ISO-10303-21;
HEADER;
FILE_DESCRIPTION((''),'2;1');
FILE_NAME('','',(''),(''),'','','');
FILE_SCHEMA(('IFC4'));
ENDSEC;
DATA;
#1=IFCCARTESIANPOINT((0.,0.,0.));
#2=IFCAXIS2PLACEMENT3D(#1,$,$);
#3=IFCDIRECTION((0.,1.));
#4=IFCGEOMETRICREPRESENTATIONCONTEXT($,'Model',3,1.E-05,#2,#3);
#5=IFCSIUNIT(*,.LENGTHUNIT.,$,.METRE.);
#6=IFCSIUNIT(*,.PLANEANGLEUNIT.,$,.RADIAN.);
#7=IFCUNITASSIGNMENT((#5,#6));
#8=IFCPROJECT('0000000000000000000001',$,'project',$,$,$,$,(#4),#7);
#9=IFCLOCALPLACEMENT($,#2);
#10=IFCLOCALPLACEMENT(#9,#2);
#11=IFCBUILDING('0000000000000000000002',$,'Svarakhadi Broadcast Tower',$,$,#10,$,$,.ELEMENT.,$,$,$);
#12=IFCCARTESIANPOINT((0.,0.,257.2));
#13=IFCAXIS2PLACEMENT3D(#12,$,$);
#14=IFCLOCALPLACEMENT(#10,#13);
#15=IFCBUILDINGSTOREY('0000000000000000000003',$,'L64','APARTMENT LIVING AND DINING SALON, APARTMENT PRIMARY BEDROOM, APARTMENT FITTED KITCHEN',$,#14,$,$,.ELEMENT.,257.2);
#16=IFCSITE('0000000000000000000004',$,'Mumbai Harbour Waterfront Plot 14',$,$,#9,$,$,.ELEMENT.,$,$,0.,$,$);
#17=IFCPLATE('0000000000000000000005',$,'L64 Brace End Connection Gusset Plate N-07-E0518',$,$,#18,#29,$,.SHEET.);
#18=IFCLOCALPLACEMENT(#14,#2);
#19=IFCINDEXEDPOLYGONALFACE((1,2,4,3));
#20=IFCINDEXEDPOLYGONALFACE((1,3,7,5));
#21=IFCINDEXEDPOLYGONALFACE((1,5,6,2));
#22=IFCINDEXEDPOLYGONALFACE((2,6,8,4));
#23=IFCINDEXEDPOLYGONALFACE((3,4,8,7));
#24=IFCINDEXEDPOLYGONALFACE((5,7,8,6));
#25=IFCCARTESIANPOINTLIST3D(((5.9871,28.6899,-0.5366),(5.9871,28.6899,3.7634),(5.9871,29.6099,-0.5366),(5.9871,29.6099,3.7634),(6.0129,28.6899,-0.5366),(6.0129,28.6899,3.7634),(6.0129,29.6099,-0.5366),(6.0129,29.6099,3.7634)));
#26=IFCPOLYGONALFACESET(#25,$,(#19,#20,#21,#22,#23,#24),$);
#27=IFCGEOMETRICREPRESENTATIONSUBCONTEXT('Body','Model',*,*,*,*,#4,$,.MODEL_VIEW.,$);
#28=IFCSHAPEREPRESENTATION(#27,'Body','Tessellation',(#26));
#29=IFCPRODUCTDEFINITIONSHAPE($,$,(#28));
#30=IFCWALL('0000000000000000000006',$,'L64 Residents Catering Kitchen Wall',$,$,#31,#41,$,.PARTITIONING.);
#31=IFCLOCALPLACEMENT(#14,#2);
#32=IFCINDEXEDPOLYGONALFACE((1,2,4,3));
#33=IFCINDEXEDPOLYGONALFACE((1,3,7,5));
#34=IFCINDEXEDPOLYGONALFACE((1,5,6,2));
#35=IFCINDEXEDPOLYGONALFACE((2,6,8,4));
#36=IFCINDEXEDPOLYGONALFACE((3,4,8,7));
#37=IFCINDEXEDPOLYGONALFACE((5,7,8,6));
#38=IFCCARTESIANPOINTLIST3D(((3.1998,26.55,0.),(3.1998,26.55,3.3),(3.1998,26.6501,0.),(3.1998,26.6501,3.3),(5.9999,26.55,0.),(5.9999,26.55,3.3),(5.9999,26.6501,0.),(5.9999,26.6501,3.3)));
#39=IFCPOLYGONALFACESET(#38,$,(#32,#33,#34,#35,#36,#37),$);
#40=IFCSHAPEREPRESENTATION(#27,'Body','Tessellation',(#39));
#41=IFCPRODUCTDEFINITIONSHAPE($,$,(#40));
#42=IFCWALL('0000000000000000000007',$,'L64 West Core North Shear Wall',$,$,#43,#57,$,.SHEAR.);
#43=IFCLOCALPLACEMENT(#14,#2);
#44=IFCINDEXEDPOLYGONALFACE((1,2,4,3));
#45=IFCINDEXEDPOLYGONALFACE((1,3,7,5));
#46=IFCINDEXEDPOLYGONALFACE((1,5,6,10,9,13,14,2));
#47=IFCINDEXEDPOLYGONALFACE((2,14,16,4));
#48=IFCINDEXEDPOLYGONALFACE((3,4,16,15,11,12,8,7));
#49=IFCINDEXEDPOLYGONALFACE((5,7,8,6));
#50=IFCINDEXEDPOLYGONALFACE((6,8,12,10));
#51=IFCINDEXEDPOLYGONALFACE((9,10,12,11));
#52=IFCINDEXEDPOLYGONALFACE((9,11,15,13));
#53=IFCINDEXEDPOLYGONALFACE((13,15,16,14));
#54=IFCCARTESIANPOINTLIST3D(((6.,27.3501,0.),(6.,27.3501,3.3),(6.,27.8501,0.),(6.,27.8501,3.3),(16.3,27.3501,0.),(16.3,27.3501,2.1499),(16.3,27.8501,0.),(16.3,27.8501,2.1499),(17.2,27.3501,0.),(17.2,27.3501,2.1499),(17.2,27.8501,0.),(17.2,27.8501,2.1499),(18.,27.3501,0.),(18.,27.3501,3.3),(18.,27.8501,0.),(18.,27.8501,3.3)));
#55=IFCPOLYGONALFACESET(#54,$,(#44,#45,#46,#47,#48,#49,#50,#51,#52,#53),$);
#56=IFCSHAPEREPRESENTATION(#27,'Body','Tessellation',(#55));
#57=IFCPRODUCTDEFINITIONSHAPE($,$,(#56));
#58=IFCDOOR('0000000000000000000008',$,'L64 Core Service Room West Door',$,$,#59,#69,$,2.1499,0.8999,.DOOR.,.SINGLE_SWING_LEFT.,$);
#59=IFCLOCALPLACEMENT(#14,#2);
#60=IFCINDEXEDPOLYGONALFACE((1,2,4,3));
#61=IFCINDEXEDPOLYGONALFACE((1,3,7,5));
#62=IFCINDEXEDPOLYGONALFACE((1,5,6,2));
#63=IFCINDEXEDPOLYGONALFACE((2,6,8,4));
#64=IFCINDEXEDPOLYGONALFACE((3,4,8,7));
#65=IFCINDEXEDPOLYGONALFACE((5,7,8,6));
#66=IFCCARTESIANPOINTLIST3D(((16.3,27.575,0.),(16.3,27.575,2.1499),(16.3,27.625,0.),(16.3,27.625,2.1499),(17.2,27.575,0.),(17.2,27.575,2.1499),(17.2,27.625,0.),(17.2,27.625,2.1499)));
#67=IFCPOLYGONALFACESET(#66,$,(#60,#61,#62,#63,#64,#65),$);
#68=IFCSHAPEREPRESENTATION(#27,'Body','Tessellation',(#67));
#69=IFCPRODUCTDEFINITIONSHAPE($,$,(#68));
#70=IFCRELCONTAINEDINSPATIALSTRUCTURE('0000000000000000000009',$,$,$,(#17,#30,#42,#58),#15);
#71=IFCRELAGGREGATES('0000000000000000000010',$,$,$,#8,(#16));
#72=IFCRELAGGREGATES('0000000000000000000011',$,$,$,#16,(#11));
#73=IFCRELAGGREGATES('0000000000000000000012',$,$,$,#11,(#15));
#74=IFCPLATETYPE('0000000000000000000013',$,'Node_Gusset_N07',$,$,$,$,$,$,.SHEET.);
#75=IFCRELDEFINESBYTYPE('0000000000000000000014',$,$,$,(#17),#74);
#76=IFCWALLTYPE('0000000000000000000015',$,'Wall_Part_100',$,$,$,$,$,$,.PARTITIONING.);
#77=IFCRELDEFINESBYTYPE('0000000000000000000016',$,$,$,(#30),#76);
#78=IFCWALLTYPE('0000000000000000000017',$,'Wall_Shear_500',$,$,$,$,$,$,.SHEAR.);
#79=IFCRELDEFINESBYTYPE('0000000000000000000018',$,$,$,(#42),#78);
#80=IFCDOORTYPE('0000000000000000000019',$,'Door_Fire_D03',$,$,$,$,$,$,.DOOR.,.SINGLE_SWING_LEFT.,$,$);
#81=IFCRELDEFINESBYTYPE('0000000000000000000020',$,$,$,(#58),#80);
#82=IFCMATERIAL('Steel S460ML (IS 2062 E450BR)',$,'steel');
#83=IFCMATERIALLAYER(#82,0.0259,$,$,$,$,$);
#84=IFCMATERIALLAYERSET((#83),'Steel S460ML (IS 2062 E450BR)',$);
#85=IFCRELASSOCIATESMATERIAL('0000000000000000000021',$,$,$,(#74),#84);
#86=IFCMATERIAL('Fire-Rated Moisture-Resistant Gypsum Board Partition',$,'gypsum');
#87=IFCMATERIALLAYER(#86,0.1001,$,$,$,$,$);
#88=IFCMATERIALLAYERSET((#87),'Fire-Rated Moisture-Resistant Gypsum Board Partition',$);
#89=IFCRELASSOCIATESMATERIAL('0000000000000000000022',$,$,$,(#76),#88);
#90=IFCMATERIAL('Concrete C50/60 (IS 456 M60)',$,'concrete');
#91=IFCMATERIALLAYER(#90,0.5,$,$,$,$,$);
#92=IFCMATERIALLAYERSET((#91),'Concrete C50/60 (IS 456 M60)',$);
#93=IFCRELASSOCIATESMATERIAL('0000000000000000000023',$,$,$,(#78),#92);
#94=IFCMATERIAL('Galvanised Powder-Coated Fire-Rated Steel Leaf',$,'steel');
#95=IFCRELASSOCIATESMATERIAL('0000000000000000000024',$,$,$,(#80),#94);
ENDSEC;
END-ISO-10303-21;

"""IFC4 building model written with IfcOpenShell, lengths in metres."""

from ifc_helpers import new_model, si_unit, direction, frame, frame_2d, origin, origin_2d, place, context, subcontext, project, spatial, rectangle, extrude, material, layer, layer_set, type_object, element, fill, save


model = new_model("IFC4")

# Units and contexts
model_context = context("Model", 3, precision=1e-05, world=origin(), true_north=direction((0.0, 1.0)))
body_context = subcontext(model_context, "Body", "Model", "MODEL_VIEW")
ifc_project = project(units=[si_unit("LENGTHUNIT", "METRE"), si_unit("PLANEANGLEUNIT", "RADIAN")], contexts=[model_context])

# Site, building, storey
site_placement = place(None, origin())
site = spatial("IfcSite", under=ifc_project, at=site_placement, Name="Mumbai Harbour Waterfront Plot 14", CompositionType="ELEMENT", RefElevation=0.0)
building_placement = place(site_placement, origin())
building = spatial("IfcBuilding", under=site, at=building_placement, Name="Svarakhadi Broadcast Tower", CompositionType="ELEMENT")
storey_placement = place(building_placement, frame((0.0, 0.0, 257.2)))
storey = spatial("IfcBuildingStorey", under=building, at=storey_placement, Name="L64", Description="APARTMENT LIVING AND DINING SALON, APARTMENT PRIMARY BEDROOM, APARTMENT FITTED KITCHEN", CompositionType="ELEMENT", Elevation=257.2)

# Shared definitions
ifc_material_1 = material(Name="Concrete C50/60 (IS 456 M60)", Category="concrete")
ifc_material_2 = material(Name="Steel S460ML (IS 2062 E450BR)", Category="steel")

# Plate
ifc_layer_1 = layer(ifc_material_2, 0.0259)
ifc_layer_set_1 = layer_set([ifc_layer_1], Name="Steel S460ML (IS 2062 E450BR)")
plate_type_1 = type_object("IfcPlateType", Name="Node_Gusset_N07", PredefinedType="SHEET", material=ifc_layer_set_1)
plate_1_placement = place(storey_placement, frame((6.0, 29.1499, -0.5366), z_axis=(0.0, 0.0, 1.0), x_axis=(0.0, 1.0, 0.0)))
element("IfcPlate", 1, at=plate_1_placement, inside=storey, type_object=plate_type_1, Name="L64 Brace End Connection Gusset Plate N-07-E0518", PredefinedType="SHEET", context=body_context, shape_type="SweptSolid", body=[
    extrude(rectangle(XDim=0.9199, YDim=0.0259, at=origin_2d()), origin(), (0.0, 0.0, 1.0), 4.3),
])

# Wall
ifc_material_3 = material(Name="Fire-Rated Moisture-Resistant Gypsum Board Partition", Category="gypsum")
ifc_layer_2 = layer(ifc_material_3, 0.1001)
ifc_layer_set_2 = layer_set([ifc_layer_2], Name="Fire-Rated Moisture-Resistant Gypsum Board Partition")
wall_type_1 = type_object("IfcWallType", Name="Wall_Part_100", PredefinedType="PARTITIONING", material=ifc_layer_set_2)
wall_1_placement = place(storey_placement, frame((3.2, 26.6001, 0.0), z_axis=(0.0, 0.0, 1.0), x_axis=(1.0, 0.0, 0.0)))
element("IfcWall", 2, at=wall_1_placement, inside=storey, type_object=wall_type_1, Name="L64 Residents Catering Kitchen Wall", PredefinedType="PARTITIONING", context=body_context, shape_type="SweptSolid", body=[
    extrude(rectangle(XDim=2.8, YDim=0.1001, at=frame_2d((1.3999, 0.0))), origin(), (0.0, 0.0, 1.0), 3.3),
])

# Wall, opening, door
ifc_layer_3 = layer(ifc_material_1, 0.5)
ifc_layer_set_3 = layer_set([ifc_layer_3], Name="Concrete C50/60 (IS 456 M60)")
wall_type_2 = type_object("IfcWallType", Name="Wall_Shear_500", PredefinedType="SHEAR", material=ifc_layer_set_3)
wall_2_placement = place(storey_placement, frame((6.0, 27.6001, 0.0), z_axis=(0.0, 0.0, 1.0), x_axis=(1.0, 0.0, 0.0)))
wall_2 = element("IfcWall", 3, at=wall_2_placement, inside=storey, type_object=wall_type_2, Name="L64 West Core North Shear Wall", PredefinedType="SHEAR", context=body_context, shape_type="SweptSolid", body=[
    extrude(rectangle(XDim=12.0, YDim=0.5, at=frame_2d((6.0, 0.0))), origin(), (0.0, 0.0, 1.0), 3.3),
])
opening_placement = place(wall_2_placement, frame((10.3, 0.0, 0.0)))
opening = element("IfcOpeningElement", 4, at=opening_placement, cuts=wall_2, PredefinedType="OPENING", context=body_context, shape_type="SweptSolid", body=[
    extrude(rectangle(XDim=0.8999, YDim=2.1499, at=frame_2d((0.45, 1.075))), frame((0.0, 0.26, 0.0), z_axis=(0.0, -1.0, 0.0), x_axis=(1.0, 0.0, 0.0)), (0.0, 0.0, 1.0), 0.52),
])
ifc_material_4 = material(Name="Galvanised Powder-Coated Fire-Rated Steel Leaf", Category="steel")
door_type = type_object("IfcDoorType", Name="Door_Fire_D03", OperationType="SINGLE_SWING_LEFT", PredefinedType="DOOR", material=ifc_material_4)
door_placement = place(opening_placement, origin())
door = element("IfcDoor", 5, at=door_placement, inside=storey, type_object=door_type, Name="L64 Core Service Room West Door", OperationType="SINGLE_SWING_LEFT", OverallHeight=2.1499, OverallWidth=0.8999, PredefinedType="DOOR", context=body_context, shape_type="SweptSolid", body=[
    extrude(rectangle(XDim=0.8999, YDim=2.1499, at=frame_2d((0.45, 1.075))), frame((0.0, 0.0249, 0.0), z_axis=(0.0, -1.0, 0.0), x_axis=(1.0, 0.0, 0.0)), (0.0, 0.0, 1.0), 0.05),
])
fill(opening, door)

save(model, "model.ifc")
